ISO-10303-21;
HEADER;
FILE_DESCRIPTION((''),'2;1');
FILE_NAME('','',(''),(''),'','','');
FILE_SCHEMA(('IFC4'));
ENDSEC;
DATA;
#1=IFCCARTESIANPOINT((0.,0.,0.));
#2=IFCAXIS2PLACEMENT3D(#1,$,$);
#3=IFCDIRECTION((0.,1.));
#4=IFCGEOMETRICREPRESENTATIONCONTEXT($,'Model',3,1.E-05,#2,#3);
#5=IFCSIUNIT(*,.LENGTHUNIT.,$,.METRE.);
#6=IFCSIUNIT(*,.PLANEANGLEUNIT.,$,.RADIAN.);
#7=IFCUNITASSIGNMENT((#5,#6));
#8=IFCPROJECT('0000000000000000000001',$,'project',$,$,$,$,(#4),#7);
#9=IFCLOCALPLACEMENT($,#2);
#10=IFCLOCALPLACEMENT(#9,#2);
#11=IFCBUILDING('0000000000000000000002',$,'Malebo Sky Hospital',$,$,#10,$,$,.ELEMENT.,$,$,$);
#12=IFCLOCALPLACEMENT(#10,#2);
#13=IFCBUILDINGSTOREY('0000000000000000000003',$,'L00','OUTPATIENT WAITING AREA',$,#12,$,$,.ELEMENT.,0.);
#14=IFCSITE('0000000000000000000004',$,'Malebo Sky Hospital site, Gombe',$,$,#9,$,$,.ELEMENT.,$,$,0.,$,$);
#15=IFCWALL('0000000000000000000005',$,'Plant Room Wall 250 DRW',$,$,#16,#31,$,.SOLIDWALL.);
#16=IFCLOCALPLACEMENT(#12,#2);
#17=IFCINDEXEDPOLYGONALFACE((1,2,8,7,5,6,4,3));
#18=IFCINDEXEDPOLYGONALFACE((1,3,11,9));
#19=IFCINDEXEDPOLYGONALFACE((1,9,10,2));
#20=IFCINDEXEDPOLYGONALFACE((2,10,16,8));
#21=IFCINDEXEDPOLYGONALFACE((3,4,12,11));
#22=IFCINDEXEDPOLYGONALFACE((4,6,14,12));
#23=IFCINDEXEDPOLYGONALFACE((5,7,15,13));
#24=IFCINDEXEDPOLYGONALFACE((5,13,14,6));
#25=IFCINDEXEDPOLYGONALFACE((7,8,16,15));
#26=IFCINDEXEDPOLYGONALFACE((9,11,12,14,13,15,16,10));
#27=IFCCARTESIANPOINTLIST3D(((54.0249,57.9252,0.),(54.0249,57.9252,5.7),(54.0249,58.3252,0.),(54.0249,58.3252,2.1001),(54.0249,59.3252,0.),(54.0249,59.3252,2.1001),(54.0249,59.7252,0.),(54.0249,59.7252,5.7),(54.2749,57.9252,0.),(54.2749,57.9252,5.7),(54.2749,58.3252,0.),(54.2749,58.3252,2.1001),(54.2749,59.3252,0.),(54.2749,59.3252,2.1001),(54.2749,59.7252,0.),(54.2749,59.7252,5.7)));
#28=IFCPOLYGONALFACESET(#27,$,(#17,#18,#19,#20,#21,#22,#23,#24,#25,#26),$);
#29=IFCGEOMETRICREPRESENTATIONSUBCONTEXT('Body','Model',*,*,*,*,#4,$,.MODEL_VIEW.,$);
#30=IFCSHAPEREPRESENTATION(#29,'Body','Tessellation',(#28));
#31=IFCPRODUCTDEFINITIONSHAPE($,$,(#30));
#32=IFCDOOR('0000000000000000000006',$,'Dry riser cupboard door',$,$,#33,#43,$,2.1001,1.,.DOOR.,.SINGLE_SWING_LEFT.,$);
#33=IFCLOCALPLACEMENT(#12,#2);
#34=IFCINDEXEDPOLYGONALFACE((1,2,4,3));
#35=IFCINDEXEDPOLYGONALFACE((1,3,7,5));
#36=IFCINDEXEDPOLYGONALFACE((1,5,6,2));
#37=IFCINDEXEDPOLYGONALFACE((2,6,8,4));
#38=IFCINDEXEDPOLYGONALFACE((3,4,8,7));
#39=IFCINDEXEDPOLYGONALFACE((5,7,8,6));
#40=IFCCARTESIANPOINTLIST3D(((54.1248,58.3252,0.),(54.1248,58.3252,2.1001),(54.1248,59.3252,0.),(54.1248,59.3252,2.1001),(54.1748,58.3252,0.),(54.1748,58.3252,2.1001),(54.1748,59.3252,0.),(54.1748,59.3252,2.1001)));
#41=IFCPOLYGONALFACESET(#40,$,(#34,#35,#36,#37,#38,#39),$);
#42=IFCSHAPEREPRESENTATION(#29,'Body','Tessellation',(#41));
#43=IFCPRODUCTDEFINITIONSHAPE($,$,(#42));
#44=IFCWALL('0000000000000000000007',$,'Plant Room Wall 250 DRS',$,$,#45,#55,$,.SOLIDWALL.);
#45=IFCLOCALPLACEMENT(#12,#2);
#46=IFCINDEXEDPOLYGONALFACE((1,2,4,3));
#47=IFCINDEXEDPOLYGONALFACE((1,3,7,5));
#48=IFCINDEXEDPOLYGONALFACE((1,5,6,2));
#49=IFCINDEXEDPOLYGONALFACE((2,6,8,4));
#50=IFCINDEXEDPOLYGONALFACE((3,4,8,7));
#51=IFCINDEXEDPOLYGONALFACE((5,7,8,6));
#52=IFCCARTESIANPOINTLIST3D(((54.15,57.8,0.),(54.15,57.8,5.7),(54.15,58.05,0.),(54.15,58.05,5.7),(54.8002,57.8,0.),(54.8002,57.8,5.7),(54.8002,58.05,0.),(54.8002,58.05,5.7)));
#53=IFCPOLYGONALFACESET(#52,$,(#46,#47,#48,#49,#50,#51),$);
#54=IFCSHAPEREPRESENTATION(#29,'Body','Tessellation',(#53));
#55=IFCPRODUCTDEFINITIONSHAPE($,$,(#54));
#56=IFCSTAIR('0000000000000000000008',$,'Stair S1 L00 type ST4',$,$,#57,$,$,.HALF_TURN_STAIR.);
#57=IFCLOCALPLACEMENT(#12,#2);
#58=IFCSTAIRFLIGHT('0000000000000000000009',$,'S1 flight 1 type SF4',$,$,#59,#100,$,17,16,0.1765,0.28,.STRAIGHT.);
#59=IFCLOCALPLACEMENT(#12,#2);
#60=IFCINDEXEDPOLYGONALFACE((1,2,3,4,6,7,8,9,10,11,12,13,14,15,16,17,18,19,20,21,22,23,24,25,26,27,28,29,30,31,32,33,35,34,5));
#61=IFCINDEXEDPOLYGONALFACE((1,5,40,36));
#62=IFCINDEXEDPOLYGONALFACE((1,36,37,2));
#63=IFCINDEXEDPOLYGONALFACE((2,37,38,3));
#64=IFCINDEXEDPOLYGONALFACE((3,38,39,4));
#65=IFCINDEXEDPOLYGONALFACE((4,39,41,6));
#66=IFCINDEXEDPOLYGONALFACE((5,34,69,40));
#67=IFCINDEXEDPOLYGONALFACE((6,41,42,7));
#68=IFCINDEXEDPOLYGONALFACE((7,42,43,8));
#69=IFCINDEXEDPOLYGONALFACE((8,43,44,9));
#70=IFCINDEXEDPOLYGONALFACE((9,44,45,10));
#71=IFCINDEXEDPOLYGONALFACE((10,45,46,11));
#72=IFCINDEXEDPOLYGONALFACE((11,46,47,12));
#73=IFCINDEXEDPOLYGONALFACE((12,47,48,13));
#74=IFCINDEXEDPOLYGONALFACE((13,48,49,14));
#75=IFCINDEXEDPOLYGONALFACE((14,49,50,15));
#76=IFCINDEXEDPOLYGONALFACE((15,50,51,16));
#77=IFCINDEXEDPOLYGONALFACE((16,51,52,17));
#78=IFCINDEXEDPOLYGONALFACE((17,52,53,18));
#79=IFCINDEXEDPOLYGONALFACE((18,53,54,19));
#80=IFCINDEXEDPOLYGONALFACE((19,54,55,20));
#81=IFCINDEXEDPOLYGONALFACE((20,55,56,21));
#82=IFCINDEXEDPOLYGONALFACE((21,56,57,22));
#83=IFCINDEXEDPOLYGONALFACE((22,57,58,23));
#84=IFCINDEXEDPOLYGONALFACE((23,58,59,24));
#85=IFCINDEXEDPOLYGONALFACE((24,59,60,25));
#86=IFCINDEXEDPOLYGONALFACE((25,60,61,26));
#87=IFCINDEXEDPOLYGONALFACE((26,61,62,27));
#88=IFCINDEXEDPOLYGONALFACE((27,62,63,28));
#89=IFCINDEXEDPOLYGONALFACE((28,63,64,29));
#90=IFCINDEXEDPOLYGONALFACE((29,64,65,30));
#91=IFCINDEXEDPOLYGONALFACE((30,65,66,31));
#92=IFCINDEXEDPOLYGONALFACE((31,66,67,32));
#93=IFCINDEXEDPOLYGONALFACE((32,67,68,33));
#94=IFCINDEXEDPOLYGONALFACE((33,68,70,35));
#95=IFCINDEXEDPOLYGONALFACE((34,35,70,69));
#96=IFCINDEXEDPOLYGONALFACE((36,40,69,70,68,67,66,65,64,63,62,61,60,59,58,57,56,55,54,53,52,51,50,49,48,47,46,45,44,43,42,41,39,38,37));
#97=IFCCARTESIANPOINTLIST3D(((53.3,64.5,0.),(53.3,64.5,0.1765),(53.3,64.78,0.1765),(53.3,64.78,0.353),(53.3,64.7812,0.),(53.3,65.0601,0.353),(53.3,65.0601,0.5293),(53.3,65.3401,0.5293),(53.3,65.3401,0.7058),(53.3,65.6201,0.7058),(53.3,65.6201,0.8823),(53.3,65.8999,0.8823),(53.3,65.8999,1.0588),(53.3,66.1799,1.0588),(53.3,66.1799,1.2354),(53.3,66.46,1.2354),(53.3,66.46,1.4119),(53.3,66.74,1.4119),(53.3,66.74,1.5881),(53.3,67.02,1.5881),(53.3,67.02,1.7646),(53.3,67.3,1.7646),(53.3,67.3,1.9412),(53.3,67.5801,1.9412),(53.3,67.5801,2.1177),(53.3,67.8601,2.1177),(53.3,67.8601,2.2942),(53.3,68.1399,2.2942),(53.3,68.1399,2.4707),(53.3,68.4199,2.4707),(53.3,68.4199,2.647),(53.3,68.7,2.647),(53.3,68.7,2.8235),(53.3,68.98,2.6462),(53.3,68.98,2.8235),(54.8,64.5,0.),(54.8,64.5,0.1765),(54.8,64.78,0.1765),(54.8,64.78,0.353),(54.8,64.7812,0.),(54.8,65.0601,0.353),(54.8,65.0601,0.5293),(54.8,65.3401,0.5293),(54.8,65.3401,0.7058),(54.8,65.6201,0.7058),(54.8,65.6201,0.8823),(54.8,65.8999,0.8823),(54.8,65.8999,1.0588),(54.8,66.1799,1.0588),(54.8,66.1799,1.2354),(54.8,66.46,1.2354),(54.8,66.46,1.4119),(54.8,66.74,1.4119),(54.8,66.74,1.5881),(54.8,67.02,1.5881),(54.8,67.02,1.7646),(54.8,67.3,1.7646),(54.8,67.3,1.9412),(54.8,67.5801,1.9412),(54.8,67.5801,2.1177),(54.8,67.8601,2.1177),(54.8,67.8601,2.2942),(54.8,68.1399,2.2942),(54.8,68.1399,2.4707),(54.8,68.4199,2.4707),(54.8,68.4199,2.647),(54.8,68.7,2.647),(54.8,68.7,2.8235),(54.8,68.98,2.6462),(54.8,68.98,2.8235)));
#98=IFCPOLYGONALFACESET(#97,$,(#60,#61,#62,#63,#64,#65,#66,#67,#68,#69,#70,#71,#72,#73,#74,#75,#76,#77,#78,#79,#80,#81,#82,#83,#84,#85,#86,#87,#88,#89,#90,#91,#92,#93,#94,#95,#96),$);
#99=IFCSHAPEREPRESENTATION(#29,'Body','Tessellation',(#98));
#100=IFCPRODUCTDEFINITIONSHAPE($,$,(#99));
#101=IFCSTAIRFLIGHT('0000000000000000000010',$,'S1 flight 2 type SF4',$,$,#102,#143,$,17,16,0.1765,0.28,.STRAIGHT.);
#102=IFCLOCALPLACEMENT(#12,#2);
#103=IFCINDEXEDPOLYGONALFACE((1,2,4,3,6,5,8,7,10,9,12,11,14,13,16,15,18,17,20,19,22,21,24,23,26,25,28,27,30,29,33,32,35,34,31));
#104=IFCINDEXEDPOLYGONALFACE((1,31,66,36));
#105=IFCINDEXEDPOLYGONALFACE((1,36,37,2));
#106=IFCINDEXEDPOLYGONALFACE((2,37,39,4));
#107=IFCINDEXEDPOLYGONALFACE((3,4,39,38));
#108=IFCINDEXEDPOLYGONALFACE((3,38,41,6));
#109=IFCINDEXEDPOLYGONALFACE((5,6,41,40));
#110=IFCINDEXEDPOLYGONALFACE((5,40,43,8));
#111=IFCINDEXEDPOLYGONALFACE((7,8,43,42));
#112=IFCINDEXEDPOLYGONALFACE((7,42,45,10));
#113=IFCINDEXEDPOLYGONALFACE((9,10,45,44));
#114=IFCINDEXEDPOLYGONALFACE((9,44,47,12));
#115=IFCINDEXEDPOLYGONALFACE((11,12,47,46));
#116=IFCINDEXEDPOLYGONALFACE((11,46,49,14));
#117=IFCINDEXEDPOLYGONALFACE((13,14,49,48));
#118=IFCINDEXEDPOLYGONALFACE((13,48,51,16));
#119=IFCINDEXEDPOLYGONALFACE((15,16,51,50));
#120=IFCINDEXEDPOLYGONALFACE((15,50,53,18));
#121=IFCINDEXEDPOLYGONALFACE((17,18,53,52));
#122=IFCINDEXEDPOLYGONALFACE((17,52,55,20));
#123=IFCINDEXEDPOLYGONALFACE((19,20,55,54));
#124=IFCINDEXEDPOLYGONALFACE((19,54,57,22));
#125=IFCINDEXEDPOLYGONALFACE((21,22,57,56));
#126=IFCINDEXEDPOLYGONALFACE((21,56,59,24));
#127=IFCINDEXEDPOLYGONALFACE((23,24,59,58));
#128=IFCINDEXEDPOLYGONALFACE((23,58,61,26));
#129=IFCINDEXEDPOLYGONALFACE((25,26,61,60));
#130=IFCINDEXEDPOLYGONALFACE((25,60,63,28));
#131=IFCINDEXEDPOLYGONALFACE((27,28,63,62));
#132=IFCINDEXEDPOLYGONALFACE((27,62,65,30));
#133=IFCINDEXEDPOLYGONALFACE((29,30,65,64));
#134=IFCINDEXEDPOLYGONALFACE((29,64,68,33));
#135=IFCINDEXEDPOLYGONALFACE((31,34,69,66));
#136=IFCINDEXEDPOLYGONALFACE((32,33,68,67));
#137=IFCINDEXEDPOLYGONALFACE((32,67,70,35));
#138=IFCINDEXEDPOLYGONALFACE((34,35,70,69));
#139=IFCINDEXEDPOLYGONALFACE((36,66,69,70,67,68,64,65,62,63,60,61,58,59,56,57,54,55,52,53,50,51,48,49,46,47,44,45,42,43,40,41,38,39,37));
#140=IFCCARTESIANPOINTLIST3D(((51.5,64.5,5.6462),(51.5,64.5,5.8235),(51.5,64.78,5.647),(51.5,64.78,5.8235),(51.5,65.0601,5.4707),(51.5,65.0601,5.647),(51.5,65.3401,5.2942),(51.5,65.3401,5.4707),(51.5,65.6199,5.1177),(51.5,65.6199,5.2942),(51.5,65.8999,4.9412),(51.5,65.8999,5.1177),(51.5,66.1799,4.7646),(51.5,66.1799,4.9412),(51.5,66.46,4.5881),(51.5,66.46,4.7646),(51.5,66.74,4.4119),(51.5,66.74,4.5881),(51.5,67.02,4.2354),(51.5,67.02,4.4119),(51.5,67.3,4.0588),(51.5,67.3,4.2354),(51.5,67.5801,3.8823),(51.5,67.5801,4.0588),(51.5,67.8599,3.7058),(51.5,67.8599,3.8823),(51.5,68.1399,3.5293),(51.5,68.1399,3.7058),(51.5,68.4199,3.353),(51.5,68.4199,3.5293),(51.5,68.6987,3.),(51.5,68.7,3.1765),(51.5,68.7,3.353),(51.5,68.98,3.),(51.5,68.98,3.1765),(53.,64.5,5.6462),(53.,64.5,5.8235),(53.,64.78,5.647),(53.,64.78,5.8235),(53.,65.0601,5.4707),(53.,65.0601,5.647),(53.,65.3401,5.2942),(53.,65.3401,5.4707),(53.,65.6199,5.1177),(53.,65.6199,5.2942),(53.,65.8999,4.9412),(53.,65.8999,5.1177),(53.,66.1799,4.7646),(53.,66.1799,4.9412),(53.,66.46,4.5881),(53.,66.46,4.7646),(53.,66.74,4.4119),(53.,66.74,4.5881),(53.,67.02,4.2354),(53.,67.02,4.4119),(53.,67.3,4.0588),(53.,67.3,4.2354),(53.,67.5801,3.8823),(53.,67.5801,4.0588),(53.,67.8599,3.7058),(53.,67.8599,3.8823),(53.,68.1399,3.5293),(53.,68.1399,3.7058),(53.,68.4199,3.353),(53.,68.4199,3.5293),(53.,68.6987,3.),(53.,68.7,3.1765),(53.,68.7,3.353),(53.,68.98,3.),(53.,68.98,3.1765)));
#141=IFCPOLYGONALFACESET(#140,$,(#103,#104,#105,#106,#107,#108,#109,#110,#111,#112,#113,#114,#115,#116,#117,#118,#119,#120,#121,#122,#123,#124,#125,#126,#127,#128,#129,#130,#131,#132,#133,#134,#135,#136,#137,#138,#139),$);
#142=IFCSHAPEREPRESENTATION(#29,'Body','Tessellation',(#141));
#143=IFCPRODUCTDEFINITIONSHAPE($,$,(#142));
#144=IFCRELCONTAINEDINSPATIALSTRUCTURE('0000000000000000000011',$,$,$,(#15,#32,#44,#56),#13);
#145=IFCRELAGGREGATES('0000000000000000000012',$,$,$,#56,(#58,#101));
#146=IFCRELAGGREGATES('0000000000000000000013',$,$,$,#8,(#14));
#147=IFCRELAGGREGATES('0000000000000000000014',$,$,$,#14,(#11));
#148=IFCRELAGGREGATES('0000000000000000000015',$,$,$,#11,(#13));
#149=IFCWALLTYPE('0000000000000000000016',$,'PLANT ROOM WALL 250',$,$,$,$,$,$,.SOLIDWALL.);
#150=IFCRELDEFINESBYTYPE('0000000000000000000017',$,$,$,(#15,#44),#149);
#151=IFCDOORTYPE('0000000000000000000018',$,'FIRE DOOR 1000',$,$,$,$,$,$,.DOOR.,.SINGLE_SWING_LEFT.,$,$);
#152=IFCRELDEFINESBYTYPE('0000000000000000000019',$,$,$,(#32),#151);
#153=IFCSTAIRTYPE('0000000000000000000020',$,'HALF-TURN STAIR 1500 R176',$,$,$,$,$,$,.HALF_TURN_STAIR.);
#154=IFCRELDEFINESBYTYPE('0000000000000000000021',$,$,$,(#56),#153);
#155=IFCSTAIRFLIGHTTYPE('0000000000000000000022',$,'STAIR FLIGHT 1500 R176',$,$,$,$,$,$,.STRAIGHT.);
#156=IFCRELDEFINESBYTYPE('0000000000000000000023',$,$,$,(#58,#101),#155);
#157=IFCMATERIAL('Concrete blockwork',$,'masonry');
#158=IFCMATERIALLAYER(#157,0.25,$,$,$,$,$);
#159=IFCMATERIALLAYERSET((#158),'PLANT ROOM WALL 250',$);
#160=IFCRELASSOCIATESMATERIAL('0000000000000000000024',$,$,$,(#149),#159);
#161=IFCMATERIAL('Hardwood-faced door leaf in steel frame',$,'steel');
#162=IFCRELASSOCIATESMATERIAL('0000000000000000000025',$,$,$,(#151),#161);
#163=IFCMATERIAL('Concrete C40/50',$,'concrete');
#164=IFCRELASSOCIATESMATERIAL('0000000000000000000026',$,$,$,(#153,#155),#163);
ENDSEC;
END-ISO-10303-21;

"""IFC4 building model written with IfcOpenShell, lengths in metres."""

from ifc_helpers import new_model, si_unit, direction, frame, frame_2d, origin, place, context, subcontext, project, spatial, polyline, rectangle, outline, extrude, material, layer, layer_set, type_object, element, fill, aggregate, save


model = new_model("IFC4")

# Units and contexts
model_context = context("Model", 3, precision=1e-05, world=origin(), true_north=direction((0.0, 1.0)))
body_context = subcontext(model_context, "Body", "Model", "MODEL_VIEW")
ifc_project = project(units=[si_unit("LENGTHUNIT", "METRE"), si_unit("PLANEANGLEUNIT", "RADIAN")], contexts=[model_context])

# Site, building, storey
site_placement = place(None, origin())
site = spatial("IfcSite", under=ifc_project, at=site_placement, Name="Malebo Sky Hospital site, Gombe", CompositionType="ELEMENT", RefElevation=0.0)
building_placement = place(site_placement, origin())
building = spatial("IfcBuilding", under=site, at=building_placement, Name="Malebo Sky Hospital", CompositionType="ELEMENT")
storey_placement = place(building_placement, origin())
storey = spatial("IfcBuildingStorey", under=building, at=storey_placement, Name="L00", Description="OUTPATIENT WAITING AREA", CompositionType="ELEMENT", Elevation=0.0)

# Shared definitions
ifc_material_1 = material(Name="Concrete blockwork", Category="masonry")
ifc_layer_1 = layer(ifc_material_1, 0.25)
ifc_layer_set_1 = layer_set([ifc_layer_1], Name="PLANT ROOM WALL 250")
wall_type_1 = type_object("IfcWallType", Name="PLANT ROOM WALL 250", PredefinedType="SOLIDWALL", material=ifc_layer_set_1)

# Wall, opening, door
wall_1_placement = place(storey_placement, frame((54.1499, 59.7251, 0.0), z_axis=(0.0, 0.0, 1.0), x_axis=(0.0, -1.0, 0.0)))
wall_1 = element("IfcWall", 1, at=wall_1_placement, inside=storey, type_object=wall_type_1, Name="Plant Room Wall 250 DRW", PredefinedType="SOLIDWALL", context=body_context, shape_type="SweptSolid", body=[
    extrude(rectangle(XDim=1.8, YDim=0.25, at=frame_2d((0.8999, 0.0))), origin(), (0.0, 0.0, 1.0), 5.7),
])
opening_placement = place(wall_1_placement, frame((0.3999, 0.0, 0.0)))
opening = element("IfcOpeningElement", 2, at=opening_placement, cuts=wall_1, PredefinedType="OPENING", context=body_context, shape_type="SweptSolid", body=[
    extrude(rectangle(XDim=1.0, YDim=2.1001, at=frame_2d((0.5, 1.05))), frame((0.0, 0.135, 0.0), z_axis=(0.0, -1.0, 0.0), x_axis=(1.0, 0.0, 0.0)), (0.0, 0.0, 1.0), 0.27),
])
ifc_material_2 = material(Name="Hardwood-faced door leaf in steel frame", Category="steel")
door_type = type_object("IfcDoorType", Name="FIRE DOOR 1000", OperationType="SINGLE_SWING_LEFT", PredefinedType="DOOR", material=ifc_material_2)
door_placement = place(opening_placement, origin())
door = element("IfcDoor", 3, at=door_placement, inside=storey, type_object=door_type, Name="Dry riser cupboard door", OperationType="SINGLE_SWING_LEFT", OverallHeight=2.1001, OverallWidth=1.0, PredefinedType="DOOR", context=body_context, shape_type="SweptSolid", body=[
    extrude(rectangle(XDim=1.0, YDim=2.1001, at=frame_2d((0.5, 1.05))), frame((0.0, 0.0249, 0.0), z_axis=(0.0, -1.0, 0.0), x_axis=(1.0, 0.0, 0.0)), (0.0, 0.0, 1.0), 0.05),
])
fill(opening, door)

# Wall
wall_2_placement = place(storey_placement, frame((54.1499, 57.925, 0.0), z_axis=(0.0, 0.0, 1.0), x_axis=(1.0, 0.0, 0.0)))
element("IfcWall", 4, at=wall_2_placement, inside=storey, type_object=wall_type_1, Name="Plant Room Wall 250 DRS", PredefinedType="SOLIDWALL", context=body_context, shape_type="SweptSolid", body=[
    extrude(rectangle(XDim=0.6501, YDim=0.25, at=frame_2d((0.3252, 0.0))), origin(), (0.0, 0.0, 1.0), 5.7),
])

# Stair, stair flights
ifc_material_3 = material(Name="Concrete C40/50", Category="concrete")
stair_type = type_object("IfcStairType", Name="HALF-TURN STAIR 1500 R176", PredefinedType="HALF_TURN_STAIR", material=ifc_material_3)
stair_placement = place(storey_placement, origin())
stair = element("IfcStair", 5, at=stair_placement, inside=storey, type_object=stair_type, Name="Stair S1 L00 type ST4", PredefinedType="HALF_TURN_STAIR")
stair_flight_type = type_object("IfcStairFlightType", Name="STAIR FLIGHT 1500 R176", PredefinedType="STRAIGHT", material=ifc_material_3)
stair_flight_1_placement = place(storey_placement, frame((54.05, 64.5, 0.0), z_axis=(0.0, 0.0, 1.0), x_axis=(0.0, 1.0, 0.0)))
stair_flight_1 = element("IfcStairFlight", 6, at=stair_flight_1_placement, type_object=stair_flight_type, Name="S1 flight 1 type SF4", NumberOfRisers=17, NumberOfTreads=16, PredefinedType="STRAIGHT", RiserHeight=0.1765, TreadLength=0.28, context=body_context, shape_type="SweptSolid", body=[
    extrude(outline(polyline([(0.0, 0.0), (0.0, 0.1765), (0.28, 0.1765), (0.28, 0.353), (0.5601, 0.353), (0.5601, 0.5293), (0.8401, 0.5293), (0.8401, 0.7058), (1.1201, 0.7058), (1.1201, 0.8823), (1.3999, 0.8823), (1.3999, 1.0588), (1.6799, 1.0588), (1.6799, 1.2354), (1.96, 1.2354), (1.96, 1.4119), (2.24, 1.4119), (2.24, 1.5881), (2.52, 1.5881), (2.52, 1.7646), (2.8, 1.7646), (2.8, 1.9412), (3.0801, 1.9412), (3.0801, 2.1177), (3.3601, 2.1177), (3.3601, 2.2942), (3.6399, 2.2942), (3.6399, 2.4707), (3.9199, 2.4707), (3.9199, 2.647), (4.2, 2.647), (4.2, 2.8235), (4.48, 2.8235), (4.48, 3.0), (4.48, 2.6462), (0.2812, 0.0), (0.0, 0.0)])), frame((0.0, 0.75, 0.0), z_axis=(0.0, -1.0, 0.0), x_axis=(1.0, 0.0, 0.0)), (0.0, 0.0, 1.0), 1.5),
])
stair_flight_2_placement = place(storey_placement, frame((52.25, 68.98, 3.0), z_axis=(0.0, 0.0, 1.0), x_axis=(0.0, -1.0, 0.0)))
stair_flight_2 = element("IfcStairFlight", 7, at=stair_flight_2_placement, type_object=stair_flight_type, Name="S1 flight 2 type SF4", NumberOfRisers=17, NumberOfTreads=16, PredefinedType="STRAIGHT", RiserHeight=0.1765, TreadLength=0.28, context=body_context, shape_type="SweptSolid", body=[
    extrude(outline(polyline([(0.0, 0.0), (0.0, 0.1765), (0.28, 0.1765), (0.28, 0.353), (0.5601, 0.353), (0.5601, 0.5293), (0.8401, 0.5293), (0.8401, 0.7058), (1.1201, 0.7058), (1.1201, 0.8823), (1.3999, 0.8823), (1.3999, 1.0588), (1.6799, 1.0588), (1.6799, 1.2354), (1.96, 1.2354), (1.96, 1.4119), (2.24, 1.4119), (2.24, 1.5881), (2.52, 1.5881), (2.52, 1.7646), (2.8, 1.7646), (2.8, 1.9412), (3.0801, 1.9412), (3.0801, 2.1177), (3.3601, 2.1177), (3.3601, 2.2942), (3.6399, 2.2942), (3.6399, 2.4707), (3.9199, 2.4707), (3.9199, 2.647), (4.2, 2.647), (4.2, 2.8235), (4.48, 2.8235), (4.48, 3.0), (4.48, 2.6462), (0.2812, 0.0), (0.0, 0.0)])), frame((0.0, 0.75, 0.0), z_axis=(0.0, -1.0, 0.0), x_axis=(1.0, 0.0, 0.0)), (0.0, 0.0, 1.0), 1.5),
])
aggregate(stair, [stair_flight_1, stair_flight_2])

save(model, "model.ifc")
